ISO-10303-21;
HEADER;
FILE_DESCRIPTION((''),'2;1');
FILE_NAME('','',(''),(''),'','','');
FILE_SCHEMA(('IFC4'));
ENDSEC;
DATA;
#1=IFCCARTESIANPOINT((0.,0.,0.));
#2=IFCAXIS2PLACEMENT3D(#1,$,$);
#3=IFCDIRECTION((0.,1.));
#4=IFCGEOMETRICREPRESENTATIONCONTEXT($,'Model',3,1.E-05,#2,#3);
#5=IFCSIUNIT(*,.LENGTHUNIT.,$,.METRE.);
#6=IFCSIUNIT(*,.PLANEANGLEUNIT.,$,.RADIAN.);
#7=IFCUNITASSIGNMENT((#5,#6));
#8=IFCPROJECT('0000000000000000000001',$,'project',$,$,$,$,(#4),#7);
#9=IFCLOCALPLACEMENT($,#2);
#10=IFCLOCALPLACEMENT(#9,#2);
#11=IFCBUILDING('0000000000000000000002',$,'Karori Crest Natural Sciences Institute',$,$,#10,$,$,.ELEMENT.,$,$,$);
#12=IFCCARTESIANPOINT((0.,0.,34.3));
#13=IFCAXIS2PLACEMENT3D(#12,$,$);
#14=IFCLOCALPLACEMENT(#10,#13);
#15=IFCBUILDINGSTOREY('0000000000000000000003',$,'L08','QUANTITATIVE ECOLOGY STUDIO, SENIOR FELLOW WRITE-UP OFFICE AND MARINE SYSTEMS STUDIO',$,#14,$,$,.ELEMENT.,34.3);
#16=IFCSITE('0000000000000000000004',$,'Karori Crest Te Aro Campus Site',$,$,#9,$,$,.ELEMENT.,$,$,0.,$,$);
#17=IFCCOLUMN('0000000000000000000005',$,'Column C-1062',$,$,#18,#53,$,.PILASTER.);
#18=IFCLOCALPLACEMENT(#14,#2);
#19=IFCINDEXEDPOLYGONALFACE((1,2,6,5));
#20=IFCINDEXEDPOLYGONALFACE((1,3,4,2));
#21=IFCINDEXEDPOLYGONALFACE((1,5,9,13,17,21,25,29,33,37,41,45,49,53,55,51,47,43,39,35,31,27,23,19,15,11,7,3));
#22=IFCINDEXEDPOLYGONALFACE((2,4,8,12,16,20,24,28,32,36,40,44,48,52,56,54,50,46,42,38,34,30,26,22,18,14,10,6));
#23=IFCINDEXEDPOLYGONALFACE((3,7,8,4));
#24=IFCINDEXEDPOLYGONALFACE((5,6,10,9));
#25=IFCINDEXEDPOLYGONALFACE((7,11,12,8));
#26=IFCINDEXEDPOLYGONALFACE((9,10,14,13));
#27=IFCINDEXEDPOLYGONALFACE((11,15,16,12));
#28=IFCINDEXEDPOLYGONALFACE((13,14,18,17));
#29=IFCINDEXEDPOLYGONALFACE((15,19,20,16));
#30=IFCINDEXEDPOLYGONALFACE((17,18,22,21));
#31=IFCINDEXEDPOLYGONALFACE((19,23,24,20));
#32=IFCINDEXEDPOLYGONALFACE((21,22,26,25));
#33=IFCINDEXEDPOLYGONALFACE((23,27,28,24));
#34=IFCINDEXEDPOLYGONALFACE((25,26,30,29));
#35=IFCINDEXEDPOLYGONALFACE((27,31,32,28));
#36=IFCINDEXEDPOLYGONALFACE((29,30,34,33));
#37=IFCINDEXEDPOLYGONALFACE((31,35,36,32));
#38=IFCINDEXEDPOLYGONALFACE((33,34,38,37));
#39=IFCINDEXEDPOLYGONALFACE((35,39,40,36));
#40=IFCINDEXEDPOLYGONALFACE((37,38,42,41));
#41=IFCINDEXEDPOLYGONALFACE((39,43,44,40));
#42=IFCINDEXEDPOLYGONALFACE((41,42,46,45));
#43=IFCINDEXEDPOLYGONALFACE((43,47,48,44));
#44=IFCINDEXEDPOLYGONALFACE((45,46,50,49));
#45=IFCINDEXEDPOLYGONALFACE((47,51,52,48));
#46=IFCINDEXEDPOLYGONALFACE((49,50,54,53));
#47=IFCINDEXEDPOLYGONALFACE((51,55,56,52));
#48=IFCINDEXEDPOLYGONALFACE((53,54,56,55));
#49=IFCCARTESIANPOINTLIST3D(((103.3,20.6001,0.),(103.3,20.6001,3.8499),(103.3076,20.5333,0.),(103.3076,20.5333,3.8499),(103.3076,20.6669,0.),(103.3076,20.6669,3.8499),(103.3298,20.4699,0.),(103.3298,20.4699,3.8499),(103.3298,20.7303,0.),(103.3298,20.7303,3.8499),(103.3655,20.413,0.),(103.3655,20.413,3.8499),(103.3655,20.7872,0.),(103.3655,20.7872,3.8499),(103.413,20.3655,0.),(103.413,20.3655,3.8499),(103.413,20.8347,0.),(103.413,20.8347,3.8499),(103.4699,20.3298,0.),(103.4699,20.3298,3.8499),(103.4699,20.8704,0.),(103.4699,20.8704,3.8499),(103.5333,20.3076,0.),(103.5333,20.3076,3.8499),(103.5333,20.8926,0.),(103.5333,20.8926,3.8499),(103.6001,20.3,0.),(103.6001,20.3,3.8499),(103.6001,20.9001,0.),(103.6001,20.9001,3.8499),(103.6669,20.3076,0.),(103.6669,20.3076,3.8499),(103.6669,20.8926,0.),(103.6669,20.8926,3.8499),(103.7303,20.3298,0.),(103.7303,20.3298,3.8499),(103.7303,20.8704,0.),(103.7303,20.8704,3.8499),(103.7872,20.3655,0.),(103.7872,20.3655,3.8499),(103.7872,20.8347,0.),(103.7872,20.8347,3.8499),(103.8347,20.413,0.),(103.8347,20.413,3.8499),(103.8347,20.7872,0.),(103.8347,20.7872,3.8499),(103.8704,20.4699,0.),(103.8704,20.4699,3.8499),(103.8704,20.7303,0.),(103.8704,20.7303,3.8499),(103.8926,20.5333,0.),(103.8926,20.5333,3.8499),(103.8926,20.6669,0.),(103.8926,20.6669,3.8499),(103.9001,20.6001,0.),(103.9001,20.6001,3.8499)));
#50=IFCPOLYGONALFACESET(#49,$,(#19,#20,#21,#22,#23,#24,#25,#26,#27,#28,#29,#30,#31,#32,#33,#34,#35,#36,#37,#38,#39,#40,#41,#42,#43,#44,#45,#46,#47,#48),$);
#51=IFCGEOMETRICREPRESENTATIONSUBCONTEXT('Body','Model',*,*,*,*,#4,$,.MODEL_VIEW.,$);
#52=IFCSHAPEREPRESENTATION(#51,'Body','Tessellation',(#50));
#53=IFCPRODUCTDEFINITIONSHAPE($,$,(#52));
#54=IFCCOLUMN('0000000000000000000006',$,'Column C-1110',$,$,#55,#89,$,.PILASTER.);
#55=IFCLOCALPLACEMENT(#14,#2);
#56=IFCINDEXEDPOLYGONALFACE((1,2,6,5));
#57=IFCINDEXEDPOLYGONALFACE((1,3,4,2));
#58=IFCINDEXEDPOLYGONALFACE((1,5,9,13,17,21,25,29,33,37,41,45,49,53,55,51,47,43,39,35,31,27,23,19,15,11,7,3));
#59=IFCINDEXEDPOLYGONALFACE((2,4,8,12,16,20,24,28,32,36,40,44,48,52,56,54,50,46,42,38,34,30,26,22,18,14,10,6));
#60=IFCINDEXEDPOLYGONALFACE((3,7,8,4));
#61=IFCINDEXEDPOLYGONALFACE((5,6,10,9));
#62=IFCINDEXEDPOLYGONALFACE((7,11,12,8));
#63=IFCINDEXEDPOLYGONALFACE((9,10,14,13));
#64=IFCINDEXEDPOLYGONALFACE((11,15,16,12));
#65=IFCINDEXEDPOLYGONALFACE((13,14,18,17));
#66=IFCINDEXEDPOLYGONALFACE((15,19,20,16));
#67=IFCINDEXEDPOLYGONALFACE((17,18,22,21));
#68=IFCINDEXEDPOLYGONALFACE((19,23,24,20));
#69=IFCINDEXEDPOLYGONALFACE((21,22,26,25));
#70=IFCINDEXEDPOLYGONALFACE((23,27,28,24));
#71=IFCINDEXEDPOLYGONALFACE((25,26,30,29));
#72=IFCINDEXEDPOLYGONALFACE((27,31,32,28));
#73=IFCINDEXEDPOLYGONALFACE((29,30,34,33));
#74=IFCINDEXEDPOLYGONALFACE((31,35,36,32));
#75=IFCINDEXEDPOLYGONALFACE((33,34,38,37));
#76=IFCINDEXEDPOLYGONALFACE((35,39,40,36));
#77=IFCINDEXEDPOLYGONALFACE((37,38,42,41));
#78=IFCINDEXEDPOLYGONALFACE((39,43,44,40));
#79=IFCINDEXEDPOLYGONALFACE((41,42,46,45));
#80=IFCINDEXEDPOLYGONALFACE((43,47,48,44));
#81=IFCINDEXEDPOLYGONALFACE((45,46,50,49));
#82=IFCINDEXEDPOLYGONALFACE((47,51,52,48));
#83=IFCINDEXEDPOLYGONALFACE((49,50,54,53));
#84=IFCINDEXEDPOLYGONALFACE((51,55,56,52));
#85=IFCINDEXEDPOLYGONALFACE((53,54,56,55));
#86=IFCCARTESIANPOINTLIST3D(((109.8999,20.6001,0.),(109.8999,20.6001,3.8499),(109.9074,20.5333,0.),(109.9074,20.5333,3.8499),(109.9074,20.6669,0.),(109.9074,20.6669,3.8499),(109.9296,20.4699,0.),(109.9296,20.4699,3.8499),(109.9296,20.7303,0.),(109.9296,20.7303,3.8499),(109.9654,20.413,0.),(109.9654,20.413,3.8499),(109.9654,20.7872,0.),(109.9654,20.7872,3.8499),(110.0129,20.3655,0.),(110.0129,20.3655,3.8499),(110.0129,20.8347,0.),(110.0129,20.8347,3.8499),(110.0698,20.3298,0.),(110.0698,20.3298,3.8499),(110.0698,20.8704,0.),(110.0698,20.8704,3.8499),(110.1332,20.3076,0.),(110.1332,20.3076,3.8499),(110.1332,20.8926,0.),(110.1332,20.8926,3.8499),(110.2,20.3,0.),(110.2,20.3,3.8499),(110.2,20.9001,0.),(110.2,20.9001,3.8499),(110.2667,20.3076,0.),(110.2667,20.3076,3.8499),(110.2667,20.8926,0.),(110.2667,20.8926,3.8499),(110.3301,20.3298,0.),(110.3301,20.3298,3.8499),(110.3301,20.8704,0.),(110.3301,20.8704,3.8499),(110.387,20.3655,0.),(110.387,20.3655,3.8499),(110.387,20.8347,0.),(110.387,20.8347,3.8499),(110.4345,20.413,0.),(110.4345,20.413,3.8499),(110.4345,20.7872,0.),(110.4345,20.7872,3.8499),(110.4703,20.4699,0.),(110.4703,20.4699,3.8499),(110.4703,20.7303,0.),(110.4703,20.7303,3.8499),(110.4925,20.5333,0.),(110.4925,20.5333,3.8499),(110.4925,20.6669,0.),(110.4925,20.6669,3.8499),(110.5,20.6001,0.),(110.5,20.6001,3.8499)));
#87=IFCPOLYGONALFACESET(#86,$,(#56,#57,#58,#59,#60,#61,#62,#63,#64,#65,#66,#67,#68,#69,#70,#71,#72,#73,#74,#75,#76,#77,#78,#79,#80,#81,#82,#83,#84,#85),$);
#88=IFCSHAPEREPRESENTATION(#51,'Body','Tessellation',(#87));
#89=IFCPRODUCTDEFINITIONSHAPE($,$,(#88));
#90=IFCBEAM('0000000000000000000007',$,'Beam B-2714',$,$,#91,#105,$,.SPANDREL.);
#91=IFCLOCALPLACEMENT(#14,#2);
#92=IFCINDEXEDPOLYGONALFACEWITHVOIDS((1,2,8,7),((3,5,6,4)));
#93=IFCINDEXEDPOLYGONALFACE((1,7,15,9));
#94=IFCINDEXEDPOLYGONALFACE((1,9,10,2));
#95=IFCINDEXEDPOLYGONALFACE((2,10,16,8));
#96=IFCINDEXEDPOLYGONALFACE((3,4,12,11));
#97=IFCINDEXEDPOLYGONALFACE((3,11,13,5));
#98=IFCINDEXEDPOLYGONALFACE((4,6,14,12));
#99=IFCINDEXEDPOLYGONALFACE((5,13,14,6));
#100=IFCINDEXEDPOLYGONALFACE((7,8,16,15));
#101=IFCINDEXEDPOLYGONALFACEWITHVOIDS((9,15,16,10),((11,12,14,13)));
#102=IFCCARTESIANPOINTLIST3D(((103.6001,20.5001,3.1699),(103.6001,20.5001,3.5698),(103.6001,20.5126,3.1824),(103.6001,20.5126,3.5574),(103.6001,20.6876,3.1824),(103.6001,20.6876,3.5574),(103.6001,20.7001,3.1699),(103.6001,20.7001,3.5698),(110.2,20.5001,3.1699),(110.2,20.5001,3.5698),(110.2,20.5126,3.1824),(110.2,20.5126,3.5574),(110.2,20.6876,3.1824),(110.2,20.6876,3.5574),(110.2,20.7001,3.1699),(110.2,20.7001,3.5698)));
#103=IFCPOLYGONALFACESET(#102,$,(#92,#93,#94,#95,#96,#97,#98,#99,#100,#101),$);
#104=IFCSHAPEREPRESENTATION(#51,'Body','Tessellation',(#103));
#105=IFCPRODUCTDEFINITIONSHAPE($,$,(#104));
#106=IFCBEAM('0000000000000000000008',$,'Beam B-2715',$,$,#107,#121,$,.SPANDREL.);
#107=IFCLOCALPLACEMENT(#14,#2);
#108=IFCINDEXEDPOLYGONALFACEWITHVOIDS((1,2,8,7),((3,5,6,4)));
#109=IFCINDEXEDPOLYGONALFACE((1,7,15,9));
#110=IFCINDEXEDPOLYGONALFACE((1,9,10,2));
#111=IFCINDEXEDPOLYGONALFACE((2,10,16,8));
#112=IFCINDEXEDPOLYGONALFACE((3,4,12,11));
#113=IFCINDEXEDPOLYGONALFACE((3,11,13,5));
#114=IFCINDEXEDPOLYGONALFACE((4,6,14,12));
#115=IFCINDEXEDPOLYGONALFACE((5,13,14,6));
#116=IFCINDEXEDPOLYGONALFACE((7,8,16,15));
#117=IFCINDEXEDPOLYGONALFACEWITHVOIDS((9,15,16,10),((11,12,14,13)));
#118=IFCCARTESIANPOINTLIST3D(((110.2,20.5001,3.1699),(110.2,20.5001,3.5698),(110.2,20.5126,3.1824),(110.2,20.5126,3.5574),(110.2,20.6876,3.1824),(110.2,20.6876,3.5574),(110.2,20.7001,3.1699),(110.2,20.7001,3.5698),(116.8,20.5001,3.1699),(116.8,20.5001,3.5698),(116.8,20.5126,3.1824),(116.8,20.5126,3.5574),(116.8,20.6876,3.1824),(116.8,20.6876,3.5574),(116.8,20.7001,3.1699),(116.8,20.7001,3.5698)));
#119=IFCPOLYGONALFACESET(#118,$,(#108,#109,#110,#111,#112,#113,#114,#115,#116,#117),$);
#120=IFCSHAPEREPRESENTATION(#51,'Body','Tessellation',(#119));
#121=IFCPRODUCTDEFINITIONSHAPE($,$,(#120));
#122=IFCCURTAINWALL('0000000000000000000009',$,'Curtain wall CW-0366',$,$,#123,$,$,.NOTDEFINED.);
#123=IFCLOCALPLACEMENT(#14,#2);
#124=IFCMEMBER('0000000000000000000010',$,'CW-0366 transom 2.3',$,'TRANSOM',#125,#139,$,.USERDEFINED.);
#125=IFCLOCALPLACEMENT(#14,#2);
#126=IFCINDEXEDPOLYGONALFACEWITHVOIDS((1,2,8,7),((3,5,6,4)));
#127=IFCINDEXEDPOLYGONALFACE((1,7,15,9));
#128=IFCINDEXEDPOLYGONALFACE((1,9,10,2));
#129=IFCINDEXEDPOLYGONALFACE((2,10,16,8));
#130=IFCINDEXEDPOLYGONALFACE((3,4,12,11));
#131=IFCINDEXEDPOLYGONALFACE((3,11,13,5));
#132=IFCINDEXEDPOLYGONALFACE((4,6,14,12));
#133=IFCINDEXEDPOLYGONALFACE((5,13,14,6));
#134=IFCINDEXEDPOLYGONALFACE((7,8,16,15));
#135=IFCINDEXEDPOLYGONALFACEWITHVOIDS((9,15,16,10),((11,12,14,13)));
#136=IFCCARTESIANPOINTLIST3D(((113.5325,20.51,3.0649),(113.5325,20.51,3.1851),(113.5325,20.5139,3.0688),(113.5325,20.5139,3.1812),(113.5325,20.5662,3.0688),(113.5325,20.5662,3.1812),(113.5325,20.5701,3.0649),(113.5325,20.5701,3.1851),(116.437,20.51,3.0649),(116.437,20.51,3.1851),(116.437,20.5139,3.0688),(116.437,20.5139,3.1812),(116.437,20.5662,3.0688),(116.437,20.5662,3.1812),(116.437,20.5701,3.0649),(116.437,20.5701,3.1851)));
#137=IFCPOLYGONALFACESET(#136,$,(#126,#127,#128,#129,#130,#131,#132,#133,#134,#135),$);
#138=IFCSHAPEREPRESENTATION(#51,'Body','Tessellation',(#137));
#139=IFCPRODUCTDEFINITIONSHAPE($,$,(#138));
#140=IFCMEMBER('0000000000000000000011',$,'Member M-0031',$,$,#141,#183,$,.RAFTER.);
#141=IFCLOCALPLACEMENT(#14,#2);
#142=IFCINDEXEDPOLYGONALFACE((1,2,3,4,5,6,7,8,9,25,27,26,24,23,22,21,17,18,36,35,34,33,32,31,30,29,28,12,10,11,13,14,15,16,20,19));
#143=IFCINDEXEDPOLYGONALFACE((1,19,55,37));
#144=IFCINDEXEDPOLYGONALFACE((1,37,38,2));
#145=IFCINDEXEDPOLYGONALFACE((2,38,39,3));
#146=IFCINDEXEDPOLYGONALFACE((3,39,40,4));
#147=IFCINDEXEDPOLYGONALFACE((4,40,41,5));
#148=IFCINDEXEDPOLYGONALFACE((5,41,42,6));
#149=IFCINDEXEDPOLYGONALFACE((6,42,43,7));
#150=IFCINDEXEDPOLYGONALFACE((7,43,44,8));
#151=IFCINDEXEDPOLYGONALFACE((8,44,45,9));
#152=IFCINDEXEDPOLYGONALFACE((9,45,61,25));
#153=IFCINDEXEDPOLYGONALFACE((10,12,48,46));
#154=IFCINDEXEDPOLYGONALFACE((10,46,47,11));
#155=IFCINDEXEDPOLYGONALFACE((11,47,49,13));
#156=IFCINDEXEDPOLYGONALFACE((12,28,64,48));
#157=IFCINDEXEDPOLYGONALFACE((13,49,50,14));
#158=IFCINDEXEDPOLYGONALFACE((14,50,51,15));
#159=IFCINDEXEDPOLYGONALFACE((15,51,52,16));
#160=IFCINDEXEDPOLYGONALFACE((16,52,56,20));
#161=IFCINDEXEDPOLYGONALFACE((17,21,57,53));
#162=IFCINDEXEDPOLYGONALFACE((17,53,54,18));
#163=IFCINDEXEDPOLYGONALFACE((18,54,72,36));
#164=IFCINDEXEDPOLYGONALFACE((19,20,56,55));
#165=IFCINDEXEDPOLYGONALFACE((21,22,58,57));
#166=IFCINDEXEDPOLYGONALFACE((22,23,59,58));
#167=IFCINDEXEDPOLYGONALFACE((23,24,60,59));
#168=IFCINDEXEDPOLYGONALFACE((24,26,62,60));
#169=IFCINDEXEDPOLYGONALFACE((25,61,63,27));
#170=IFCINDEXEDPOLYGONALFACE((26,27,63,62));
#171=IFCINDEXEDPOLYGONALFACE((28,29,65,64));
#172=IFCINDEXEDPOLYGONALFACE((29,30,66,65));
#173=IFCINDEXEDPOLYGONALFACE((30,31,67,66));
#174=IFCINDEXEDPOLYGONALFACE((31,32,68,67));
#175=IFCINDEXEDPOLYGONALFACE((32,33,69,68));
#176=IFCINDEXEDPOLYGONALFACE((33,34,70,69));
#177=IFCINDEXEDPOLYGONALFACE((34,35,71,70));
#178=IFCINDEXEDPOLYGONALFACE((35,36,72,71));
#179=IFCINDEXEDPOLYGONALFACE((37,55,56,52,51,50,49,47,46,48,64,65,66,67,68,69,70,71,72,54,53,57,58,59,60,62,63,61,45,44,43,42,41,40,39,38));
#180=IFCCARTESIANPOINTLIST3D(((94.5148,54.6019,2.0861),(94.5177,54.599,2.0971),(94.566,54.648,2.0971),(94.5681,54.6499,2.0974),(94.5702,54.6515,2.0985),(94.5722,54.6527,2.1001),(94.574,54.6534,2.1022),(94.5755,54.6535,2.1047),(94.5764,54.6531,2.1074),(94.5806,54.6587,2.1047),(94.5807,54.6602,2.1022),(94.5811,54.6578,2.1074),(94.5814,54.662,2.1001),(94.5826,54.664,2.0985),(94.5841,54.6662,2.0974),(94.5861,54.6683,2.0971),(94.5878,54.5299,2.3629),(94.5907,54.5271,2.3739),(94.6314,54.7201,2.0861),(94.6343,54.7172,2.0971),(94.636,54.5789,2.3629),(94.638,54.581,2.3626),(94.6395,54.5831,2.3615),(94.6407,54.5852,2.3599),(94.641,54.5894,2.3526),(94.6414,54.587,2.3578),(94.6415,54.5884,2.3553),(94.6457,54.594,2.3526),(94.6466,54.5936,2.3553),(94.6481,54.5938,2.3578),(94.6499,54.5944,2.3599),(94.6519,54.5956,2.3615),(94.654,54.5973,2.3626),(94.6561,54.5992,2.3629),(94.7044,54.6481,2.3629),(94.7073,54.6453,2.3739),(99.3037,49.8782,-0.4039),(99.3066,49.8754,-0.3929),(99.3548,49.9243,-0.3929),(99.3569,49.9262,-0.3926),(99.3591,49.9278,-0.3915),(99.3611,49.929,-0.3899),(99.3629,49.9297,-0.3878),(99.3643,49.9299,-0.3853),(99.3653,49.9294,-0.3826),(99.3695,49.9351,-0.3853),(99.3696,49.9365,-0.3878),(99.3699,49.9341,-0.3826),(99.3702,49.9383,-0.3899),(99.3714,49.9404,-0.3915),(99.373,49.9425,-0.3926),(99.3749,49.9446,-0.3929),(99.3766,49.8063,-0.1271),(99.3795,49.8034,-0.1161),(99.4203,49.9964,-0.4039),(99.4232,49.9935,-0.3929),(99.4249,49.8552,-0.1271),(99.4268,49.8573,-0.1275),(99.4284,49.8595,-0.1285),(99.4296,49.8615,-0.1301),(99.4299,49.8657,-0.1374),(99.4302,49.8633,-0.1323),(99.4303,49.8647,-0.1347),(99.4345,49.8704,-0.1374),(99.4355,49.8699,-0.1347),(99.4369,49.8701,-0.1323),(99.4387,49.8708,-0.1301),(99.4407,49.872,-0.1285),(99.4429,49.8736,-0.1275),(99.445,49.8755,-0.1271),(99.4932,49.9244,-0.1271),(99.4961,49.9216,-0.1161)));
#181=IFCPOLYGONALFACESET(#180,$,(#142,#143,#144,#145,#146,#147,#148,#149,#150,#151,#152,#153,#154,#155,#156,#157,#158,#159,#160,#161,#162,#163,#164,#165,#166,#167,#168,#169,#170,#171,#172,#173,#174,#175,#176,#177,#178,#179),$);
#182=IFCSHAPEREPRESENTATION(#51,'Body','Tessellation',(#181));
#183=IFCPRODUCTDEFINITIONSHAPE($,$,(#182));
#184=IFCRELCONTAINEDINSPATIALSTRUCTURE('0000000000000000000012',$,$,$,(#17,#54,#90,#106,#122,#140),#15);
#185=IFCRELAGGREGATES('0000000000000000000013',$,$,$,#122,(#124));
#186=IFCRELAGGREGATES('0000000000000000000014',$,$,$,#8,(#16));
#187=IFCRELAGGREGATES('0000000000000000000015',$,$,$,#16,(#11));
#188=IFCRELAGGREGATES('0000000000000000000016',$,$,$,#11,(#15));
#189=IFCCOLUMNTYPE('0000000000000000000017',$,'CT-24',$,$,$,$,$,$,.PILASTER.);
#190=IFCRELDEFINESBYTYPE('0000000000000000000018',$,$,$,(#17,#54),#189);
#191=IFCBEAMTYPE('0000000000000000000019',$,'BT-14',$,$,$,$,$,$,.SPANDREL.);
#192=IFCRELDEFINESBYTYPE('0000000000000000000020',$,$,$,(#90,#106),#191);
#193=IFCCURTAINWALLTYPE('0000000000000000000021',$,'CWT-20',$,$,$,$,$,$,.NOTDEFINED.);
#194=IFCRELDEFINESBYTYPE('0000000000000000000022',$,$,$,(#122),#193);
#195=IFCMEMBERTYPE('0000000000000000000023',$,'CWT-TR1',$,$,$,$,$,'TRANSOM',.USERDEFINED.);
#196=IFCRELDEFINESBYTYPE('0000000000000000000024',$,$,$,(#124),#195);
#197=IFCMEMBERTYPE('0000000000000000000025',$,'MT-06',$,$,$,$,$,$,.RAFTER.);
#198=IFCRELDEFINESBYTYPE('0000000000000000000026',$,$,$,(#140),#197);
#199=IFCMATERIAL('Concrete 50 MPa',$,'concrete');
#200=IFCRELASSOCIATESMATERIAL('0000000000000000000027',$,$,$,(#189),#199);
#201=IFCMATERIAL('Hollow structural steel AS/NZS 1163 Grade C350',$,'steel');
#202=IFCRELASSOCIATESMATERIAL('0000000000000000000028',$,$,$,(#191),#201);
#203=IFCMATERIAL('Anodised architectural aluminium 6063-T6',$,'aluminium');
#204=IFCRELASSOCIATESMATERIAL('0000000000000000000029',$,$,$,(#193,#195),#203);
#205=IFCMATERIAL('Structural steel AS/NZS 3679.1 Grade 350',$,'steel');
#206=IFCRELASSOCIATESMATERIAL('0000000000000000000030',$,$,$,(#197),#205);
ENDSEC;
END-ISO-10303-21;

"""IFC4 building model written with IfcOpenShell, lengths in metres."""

from ifc_helpers import new_model, si_unit, direction, frame, origin, origin_2d, place, context, subcontext, project, spatial, hollow_rectangle, circle, i_section, extrude, material, material_profile, profile_set, type_object, element, aggregate, save


model = new_model("IFC4")

# Units and contexts
model_context = context("Model", 3, precision=1e-05, world=origin(), true_north=direction((0.0, 1.0)))
body_context = subcontext(model_context, "Body", "Model", "MODEL_VIEW")
ifc_project = project(units=[si_unit("LENGTHUNIT", "METRE"), si_unit("PLANEANGLEUNIT", "RADIAN")], contexts=[model_context])

# Site, building, storey
site_placement = place(None, origin())
site = spatial("IfcSite", under=ifc_project, at=site_placement, Name="Karori Crest Te Aro Campus Site", CompositionType="ELEMENT", RefElevation=0.0)
building_placement = place(site_placement, origin())
building = spatial("IfcBuilding", under=site, at=building_placement, Name="Karori Crest Natural Sciences Institute", CompositionType="ELEMENT")
storey_placement = place(building_placement, frame((0.0, 0.0, 34.3)))
storey = spatial("IfcBuildingStorey", under=building, at=storey_placement, Name="L08", Description="QUANTITATIVE ECOLOGY STUDIO, SENIOR FELLOW WRITE-UP OFFICE AND MARINE SYSTEMS STUDIO", CompositionType="ELEMENT", Elevation=34.3)

# Columns
ifc_material_1 = material(Name="Concrete 50 MPa", Category="concrete")
ifc_material_profile_1 = material_profile(ifc_material_1, circle(Radius=0.3, at=origin_2d()), Name="RCC600")
ifc_profile_set_1 = profile_set([ifc_material_profile_1], Name="Concrete 50 MPa")
column_type = type_object("IfcColumnType", Name="CT-24", PredefinedType="PILASTER", material=ifc_profile_set_1)
for number, where, z_axis, x_axis, name in (
    (1, (103.6001, 20.6001, 0.0), (0.0, 0.0, 1.0), (1.0, 0.0, 0.0), "Column C-1062"),
    (2, (110.2, 20.6001, 0.0), (0.0, 0.0, 1.0), (1.0, 0.0, 0.0), "Column C-1110"),
):
    element("IfcColumn", number, at=place(storey_placement, frame(where, z_axis=z_axis, x_axis=x_axis)), inside=storey, type_object=column_type, Name=name, PredefinedType="PILASTER", context=body_context, shape_type="SweptSolid", body=[
        extrude(circle(Radius=0.3, at=origin_2d()), origin(), (0.0, 0.0, 1.0), 3.8499),
    ])

# Beams
ifc_material_2 = material(Name="Hollow structural steel AS/NZS 1163 Grade C350", Category="steel")
ifc_material_profile_2 = material_profile(ifc_material_2, hollow_rectangle(XDim=0.2, YDim=0.3999, WallThickness=0.0125, at=origin_2d()), Name="RHS400x200x12.5")
ifc_profile_set_2 = profile_set([ifc_material_profile_2], Name="Hollow structural steel AS/NZS 1163 Grade C350")
beam_type = type_object("IfcBeamType", Name="BT-14", PredefinedType="SPANDREL", material=ifc_profile_set_2)
beam_1_placement = place(storey_placement, frame((103.6001, 20.6001, 3.3699), z_axis=(1.0, 0.0, 0.0), x_axis=(0.0, 1.0, 0.0)))
element("IfcBeam", 3, at=beam_1_placement, inside=storey, type_object=beam_type, Name="Beam B-2714", PredefinedType="SPANDREL", context=body_context, shape_type="SweptSolid", body=[
    extrude(hollow_rectangle(XDim=0.2, YDim=0.3999, WallThickness=0.0125, at=origin_2d()), origin(), (0.0, 0.0, 1.0), 6.5999),
])
beam_2_placement = place(storey_placement, frame((110.2, 20.6001, 3.3699), z_axis=(1.0, 0.0, 0.0), x_axis=(0.0, 1.0, 0.0)))
element("IfcBeam", 4, at=beam_2_placement, inside=storey, type_object=beam_type, Name="Beam B-2715", PredefinedType="SPANDREL", context=body_context, shape_type="SweptSolid", body=[
    extrude(hollow_rectangle(XDim=0.2, YDim=0.3999, WallThickness=0.0125, at=origin_2d()), origin(), (0.0, 0.0, 1.0), 6.6001),
])

# Curtain wall, member
ifc_material_3 = material(Name="Anodised architectural aluminium 6063-T6", Category="aluminium")
curtain_wall_type = type_object("IfcCurtainWallType", Name="CWT-20", PredefinedType="NOTDEFINED", material=ifc_material_3)
curtain_wall_placement = place(storey_placement, origin())
curtain_wall = element("IfcCurtainWall", 5, at=curtain_wall_placement, inside=storey, type_object=curtain_wall_type, Name="Curtain wall CW-0366", PredefinedType="NOTDEFINED")
ifc_material_profile_3 = material_profile(ifc_material_3, hollow_rectangle(XDim=0.0601, YDim=0.1201, WallThickness=0.0039, at=origin_2d()), Name="CWT120x60x4")
ifc_profile_set_3 = profile_set([ifc_material_profile_3], Name="Anodised architectural aluminium 6063-T6")
member_type_1 = type_object("IfcMemberType", Name="CWT-TR1", ElementType="TRANSOM", PredefinedType="USERDEFINED", material=ifc_profile_set_3)
member_1_placement = place(storey_placement, frame((113.5325, 20.54, 3.125), z_axis=(1.0, 0.0, 0.0), x_axis=(0.0, 1.0, 0.0)))
member_1 = element("IfcMember", 6, at=member_1_placement, type_object=member_type_1, Name="CW-0366 transom 2.3", ObjectType="TRANSOM", PredefinedType="USERDEFINED", context=body_context, shape_type="SweptSolid", body=[
    extrude(hollow_rectangle(XDim=0.0601, YDim=0.1201, WallThickness=0.0039, at=origin_2d()), origin(), (0.0, 0.0, 1.0), 2.9045),
])

# Member
ifc_material_4 = material(Name="Structural steel AS/NZS 3679.1 Grade 350", Category="steel")
ifc_material_profile_4 = material_profile(ifc_material_4, i_section(OverallWidth=0.166, OverallDepth=0.3069, WebThickness=0.0066, FlangeThickness=0.0117, FilletRadius=0.011, at=origin_2d()), Name="310UB46.2")
ifc_profile_set_4 = profile_set([ifc_material_profile_4], Name="Structural steel AS/NZS 3679.1 Grade 350")
member_type_2 = type_object("IfcMemberType", Name="MT-06", PredefinedType="RAFTER", material=ifc_profile_set_4)
member_2_placement = place(storey_placement, frame((99.3999, 49.8999, -0.26), z_axis=(-0.667659, 0.65857, 0.347155), x_axis=(-0.702245, -0.711936, 0.0)))
element("IfcMember", 7, at=member_2_placement, inside=storey, type_object=member_type_2, Name="Member M-0031", PredefinedType="RAFTER", context=body_context, shape_type="SweptSolid", body=[
    extrude(i_section(OverallWidth=0.166, OverallDepth=0.3069, WebThickness=0.0066, FlangeThickness=0.0117, FilletRadius=0.011, at=origin_2d()), origin(), (0.0, 0.0, 1.0), 7.1726),
])

aggregate(curtain_wall, [member_1])

save(model, "model.ifc")
